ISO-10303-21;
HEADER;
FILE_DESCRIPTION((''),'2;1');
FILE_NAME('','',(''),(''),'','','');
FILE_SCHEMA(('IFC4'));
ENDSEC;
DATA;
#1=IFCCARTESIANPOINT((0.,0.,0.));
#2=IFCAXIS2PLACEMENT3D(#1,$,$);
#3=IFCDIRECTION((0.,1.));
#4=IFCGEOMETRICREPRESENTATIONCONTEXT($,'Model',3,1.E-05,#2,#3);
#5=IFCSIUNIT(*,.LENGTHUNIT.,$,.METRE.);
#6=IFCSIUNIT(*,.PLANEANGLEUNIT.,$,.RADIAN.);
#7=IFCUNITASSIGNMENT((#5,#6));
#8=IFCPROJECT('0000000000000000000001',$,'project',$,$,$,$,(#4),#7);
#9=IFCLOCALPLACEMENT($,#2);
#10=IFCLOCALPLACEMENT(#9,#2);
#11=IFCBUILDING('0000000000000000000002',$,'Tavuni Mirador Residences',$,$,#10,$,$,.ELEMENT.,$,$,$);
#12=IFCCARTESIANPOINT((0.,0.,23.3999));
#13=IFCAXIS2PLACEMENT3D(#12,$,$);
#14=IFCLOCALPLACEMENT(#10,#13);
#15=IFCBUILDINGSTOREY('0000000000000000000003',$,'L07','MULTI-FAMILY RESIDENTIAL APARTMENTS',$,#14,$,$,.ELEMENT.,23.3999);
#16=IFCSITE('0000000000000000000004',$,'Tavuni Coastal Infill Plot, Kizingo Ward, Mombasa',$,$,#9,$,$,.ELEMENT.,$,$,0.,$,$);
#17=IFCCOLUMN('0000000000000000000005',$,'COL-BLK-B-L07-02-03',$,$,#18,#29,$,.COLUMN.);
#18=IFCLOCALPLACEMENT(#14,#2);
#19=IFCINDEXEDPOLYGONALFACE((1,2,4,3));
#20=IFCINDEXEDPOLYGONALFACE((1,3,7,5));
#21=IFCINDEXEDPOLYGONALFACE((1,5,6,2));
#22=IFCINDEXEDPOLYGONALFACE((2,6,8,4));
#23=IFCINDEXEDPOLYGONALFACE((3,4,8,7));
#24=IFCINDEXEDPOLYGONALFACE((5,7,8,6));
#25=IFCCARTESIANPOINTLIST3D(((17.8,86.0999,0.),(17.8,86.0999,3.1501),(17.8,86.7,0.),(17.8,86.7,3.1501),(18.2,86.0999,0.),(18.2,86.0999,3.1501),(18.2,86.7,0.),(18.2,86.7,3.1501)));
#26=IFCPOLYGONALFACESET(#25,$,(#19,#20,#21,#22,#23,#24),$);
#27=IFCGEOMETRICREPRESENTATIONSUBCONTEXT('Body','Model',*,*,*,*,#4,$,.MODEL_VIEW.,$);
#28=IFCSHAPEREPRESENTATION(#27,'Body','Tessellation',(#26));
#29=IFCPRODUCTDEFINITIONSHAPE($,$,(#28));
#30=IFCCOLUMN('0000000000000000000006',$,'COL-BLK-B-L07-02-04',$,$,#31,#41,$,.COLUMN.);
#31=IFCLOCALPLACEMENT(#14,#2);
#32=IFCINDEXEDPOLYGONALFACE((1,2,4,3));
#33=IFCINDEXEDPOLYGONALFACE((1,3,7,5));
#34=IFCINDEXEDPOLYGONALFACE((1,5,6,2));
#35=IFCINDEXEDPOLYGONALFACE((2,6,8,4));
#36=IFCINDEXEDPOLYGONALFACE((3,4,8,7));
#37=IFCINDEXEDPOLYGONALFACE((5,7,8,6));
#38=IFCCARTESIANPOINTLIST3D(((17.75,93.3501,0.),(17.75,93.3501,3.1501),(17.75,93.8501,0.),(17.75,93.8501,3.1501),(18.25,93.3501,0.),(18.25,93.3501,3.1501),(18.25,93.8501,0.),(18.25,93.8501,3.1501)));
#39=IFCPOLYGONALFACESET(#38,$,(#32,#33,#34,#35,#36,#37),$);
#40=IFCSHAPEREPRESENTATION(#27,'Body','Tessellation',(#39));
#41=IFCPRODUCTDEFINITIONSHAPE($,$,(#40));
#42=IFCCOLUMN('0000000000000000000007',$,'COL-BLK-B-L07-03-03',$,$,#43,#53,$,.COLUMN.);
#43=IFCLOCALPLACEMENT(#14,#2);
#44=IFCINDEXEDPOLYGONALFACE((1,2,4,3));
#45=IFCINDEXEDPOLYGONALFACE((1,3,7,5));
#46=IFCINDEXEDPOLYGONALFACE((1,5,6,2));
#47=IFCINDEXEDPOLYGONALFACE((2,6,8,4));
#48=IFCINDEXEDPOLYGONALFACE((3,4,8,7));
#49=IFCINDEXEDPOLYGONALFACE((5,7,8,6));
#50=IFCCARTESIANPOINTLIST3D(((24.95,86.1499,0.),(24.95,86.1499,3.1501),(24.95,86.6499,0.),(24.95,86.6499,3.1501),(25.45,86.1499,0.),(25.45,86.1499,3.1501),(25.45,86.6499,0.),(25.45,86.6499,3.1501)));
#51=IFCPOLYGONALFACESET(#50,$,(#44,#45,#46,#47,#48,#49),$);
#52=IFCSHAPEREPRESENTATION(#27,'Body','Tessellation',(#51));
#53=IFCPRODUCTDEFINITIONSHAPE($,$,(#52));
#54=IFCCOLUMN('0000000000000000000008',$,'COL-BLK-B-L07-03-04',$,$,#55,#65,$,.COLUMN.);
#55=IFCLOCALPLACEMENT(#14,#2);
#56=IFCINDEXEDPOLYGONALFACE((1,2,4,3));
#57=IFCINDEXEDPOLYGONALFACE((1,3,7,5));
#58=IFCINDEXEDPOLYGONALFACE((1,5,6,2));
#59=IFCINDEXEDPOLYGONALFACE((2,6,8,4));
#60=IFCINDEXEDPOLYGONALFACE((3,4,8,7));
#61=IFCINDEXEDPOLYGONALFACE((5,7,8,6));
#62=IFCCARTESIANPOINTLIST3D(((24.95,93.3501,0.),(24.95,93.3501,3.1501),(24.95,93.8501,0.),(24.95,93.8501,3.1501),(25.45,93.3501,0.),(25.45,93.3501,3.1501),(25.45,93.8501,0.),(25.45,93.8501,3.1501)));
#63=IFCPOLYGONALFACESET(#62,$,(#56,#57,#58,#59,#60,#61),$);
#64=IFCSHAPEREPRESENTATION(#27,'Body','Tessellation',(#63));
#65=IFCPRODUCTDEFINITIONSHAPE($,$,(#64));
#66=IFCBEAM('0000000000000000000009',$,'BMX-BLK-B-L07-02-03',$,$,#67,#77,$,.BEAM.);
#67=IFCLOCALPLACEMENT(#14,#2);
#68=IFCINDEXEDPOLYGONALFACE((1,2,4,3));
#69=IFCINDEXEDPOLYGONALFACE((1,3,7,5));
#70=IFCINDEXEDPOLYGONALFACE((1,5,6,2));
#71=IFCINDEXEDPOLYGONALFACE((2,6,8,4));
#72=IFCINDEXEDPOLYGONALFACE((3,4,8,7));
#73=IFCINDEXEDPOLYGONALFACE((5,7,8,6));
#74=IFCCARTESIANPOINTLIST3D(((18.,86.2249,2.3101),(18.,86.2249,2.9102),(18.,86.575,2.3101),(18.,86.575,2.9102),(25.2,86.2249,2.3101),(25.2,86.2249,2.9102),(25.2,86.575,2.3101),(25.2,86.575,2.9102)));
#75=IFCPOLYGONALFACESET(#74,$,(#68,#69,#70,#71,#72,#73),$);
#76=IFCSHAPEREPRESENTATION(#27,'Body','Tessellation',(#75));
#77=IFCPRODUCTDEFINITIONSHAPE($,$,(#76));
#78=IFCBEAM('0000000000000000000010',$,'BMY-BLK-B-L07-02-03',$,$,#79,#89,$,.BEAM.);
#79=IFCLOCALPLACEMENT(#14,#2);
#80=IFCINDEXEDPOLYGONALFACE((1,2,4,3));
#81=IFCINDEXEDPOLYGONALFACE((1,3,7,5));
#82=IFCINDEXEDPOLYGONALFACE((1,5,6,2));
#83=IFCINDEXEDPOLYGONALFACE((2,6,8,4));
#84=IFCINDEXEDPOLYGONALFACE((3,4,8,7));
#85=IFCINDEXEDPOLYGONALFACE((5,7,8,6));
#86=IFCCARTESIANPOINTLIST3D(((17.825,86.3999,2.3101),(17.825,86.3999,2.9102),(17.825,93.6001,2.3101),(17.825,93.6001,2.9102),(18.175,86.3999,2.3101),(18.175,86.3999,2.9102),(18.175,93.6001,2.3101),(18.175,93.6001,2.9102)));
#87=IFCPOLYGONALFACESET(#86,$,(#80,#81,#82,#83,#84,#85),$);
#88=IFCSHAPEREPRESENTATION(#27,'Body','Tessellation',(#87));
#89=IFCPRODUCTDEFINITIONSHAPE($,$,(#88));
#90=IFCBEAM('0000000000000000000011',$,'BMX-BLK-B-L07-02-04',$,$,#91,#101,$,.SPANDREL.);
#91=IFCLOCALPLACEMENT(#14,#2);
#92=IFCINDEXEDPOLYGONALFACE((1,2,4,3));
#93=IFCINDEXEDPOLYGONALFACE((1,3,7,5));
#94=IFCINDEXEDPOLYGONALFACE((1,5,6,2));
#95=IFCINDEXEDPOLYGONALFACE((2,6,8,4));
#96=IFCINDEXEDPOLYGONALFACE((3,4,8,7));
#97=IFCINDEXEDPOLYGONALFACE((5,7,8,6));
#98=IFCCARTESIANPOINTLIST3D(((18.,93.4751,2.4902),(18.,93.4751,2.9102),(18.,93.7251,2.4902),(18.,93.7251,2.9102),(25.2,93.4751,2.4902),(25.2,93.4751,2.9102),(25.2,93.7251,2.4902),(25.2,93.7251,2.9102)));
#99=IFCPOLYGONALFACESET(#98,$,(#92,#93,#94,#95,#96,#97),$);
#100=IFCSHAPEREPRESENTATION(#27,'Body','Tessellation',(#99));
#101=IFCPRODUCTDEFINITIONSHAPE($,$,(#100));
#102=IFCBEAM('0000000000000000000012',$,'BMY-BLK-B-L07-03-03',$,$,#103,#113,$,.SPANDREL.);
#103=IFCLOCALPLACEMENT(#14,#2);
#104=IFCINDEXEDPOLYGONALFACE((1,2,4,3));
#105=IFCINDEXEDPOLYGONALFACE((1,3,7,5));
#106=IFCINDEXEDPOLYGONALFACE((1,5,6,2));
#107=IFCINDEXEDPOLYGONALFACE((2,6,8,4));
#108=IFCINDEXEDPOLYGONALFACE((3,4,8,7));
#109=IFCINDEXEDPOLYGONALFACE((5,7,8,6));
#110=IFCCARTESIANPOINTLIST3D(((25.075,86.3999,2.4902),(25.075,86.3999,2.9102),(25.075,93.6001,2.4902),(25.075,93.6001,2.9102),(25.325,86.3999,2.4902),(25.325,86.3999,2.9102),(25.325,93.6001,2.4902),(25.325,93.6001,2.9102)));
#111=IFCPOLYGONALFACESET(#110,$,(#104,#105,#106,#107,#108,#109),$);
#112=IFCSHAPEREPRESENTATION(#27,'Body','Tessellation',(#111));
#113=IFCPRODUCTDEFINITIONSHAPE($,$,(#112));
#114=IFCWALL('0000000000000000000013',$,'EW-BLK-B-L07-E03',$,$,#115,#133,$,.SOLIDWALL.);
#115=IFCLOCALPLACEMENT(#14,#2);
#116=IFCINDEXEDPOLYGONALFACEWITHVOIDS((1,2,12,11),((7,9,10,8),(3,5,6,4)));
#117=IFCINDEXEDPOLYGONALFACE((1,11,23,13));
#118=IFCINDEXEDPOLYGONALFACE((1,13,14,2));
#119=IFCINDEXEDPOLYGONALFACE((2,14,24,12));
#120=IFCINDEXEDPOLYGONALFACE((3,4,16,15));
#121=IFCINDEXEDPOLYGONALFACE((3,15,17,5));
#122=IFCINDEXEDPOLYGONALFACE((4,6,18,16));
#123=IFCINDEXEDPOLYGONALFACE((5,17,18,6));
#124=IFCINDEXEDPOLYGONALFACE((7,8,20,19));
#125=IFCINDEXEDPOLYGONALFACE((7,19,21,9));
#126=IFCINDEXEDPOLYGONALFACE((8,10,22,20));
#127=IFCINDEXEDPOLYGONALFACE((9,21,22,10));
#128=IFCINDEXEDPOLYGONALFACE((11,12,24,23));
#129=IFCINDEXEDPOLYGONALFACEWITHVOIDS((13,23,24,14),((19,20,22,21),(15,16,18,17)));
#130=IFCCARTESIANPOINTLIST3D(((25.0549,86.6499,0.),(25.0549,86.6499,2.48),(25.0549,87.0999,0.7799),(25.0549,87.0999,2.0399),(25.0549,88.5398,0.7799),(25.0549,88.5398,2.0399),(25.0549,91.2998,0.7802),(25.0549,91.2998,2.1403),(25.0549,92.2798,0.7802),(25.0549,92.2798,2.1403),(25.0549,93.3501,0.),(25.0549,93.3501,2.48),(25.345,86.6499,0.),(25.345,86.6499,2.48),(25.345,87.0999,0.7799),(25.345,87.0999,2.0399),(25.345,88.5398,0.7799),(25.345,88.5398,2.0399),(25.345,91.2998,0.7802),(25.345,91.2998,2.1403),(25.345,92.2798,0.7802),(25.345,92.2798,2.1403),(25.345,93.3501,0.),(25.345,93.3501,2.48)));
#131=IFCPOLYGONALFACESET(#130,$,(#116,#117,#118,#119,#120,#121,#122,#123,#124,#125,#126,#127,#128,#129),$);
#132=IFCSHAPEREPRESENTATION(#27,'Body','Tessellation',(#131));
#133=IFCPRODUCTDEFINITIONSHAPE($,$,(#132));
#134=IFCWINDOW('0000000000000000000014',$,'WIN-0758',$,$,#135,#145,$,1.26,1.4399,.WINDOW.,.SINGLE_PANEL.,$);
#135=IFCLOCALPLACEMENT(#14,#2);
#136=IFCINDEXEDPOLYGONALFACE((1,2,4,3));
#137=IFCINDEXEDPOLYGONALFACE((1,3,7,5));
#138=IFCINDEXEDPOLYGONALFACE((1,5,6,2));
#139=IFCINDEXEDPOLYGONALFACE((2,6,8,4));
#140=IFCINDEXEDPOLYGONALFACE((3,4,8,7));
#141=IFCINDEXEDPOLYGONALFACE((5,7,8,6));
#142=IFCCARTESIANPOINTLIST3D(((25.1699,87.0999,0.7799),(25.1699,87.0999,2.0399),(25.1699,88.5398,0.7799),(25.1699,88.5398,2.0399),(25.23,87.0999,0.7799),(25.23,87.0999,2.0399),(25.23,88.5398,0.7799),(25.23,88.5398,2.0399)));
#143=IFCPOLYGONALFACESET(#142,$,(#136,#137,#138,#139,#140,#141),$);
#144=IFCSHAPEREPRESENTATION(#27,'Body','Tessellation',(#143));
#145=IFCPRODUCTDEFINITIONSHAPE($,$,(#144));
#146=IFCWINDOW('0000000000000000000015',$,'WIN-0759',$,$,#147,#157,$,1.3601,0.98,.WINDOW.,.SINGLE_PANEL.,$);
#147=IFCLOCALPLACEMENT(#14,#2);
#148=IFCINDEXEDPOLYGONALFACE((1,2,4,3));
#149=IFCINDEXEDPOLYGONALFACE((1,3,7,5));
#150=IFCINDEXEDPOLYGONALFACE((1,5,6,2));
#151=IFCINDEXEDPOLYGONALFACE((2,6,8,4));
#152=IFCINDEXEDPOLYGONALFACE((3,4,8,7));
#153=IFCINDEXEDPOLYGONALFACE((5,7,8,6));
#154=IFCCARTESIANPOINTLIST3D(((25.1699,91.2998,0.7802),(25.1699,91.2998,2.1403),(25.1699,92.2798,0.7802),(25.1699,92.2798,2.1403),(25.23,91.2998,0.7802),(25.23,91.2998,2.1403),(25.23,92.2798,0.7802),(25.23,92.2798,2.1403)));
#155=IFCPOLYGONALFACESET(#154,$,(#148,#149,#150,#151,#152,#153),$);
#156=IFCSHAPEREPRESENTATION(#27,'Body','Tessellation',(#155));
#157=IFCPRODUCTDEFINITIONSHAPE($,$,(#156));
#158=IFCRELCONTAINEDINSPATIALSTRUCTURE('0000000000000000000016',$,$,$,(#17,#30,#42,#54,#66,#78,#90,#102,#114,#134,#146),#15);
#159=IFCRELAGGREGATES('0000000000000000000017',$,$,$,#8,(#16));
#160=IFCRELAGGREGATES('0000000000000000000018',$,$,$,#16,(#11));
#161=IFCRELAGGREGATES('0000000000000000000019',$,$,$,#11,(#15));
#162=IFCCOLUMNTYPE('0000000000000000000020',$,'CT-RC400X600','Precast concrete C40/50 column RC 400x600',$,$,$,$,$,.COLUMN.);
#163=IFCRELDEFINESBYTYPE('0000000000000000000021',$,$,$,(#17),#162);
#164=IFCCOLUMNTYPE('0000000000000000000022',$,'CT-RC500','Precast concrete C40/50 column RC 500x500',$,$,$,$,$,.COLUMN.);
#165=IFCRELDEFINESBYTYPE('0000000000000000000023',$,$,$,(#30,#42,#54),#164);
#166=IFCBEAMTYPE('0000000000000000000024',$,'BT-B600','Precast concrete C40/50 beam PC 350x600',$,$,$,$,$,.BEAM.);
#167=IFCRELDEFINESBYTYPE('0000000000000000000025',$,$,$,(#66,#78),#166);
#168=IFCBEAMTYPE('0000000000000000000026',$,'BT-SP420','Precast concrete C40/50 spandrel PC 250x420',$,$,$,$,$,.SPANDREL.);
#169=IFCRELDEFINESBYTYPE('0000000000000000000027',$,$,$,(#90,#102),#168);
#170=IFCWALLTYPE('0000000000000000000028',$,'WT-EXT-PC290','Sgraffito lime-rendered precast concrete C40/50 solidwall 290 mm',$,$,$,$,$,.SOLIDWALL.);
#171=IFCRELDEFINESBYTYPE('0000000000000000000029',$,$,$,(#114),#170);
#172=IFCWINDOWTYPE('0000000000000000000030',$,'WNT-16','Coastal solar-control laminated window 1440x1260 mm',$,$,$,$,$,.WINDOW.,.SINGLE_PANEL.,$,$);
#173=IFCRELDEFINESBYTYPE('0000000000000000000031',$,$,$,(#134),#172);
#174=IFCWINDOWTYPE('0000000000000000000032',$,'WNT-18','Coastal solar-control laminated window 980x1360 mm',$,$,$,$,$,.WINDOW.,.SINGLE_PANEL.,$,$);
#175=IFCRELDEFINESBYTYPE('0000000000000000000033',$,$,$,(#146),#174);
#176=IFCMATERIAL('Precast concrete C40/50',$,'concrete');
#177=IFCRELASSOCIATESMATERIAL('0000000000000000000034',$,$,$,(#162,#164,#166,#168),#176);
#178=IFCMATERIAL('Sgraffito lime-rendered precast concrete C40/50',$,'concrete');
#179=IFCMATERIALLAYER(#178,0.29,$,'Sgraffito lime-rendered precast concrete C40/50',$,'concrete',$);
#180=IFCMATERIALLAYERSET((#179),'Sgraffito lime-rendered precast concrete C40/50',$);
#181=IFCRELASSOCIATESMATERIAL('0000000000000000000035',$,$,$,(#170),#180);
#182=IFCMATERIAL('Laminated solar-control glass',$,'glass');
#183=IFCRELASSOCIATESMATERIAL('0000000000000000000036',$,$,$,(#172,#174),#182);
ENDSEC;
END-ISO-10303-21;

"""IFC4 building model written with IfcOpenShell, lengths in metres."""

from ifc_helpers import new_model, si_unit, direction, frame, frame_2d, origin, origin_2d, place, context, subcontext, project, spatial, rectangle, extrude, material, layer, layer_set, material_profile, profile_set, type_object, element, fill, save


model = new_model("IFC4")

# Units and contexts
model_context = context("Model", 3, precision=1e-05, world=origin(), true_north=direction((0.0, 1.0)))
body_context = subcontext(model_context, "Body", "Model", "MODEL_VIEW")
ifc_project = project(units=[si_unit("LENGTHUNIT", "METRE"), si_unit("PLANEANGLEUNIT", "RADIAN")], contexts=[model_context])

# Site, building, storey
site_placement = place(None, origin())
site = spatial("IfcSite", under=ifc_project, at=site_placement, Name="Tavuni Coastal Infill Plot, Kizingo Ward, Mombasa", CompositionType="ELEMENT", RefElevation=0.0)
building_placement = place(site_placement, origin())
building = spatial("IfcBuilding", under=site, at=building_placement, Name="Tavuni Mirador Residences", CompositionType="ELEMENT")
storey_placement = place(building_placement, frame((0.0, 0.0, 23.3999)))
storey = spatial("IfcBuildingStorey", under=building, at=storey_placement, Name="L07", Description="MULTI-FAMILY RESIDENTIAL APARTMENTS", CompositionType="ELEMENT", Elevation=23.3999)

# Columns
ifc_material_1 = material(Name="Precast concrete C40/50", Category="concrete")
ifc_material_profile_1 = material_profile(ifc_material_1, rectangle(XDim=0.3999, YDim=0.6001, at=origin_2d()), Name="RC 400x600", Category="concrete")
ifc_profile_set_1 = profile_set([ifc_material_profile_1], Name="Precast concrete C40/50")
column_type_1 = type_object("IfcColumnType", Name="CT-RC400X600", Description="Precast concrete C40/50 column RC 400x600", PredefinedType="COLUMN", material=ifc_profile_set_1)
column_placement = place(storey_placement, frame((18.0, 86.3999, 0.0), z_axis=(0.0, 0.0, 1.0), x_axis=(1.0, 0.0, 0.0)))
element("IfcColumn", 1, at=column_placement, inside=storey, type_object=column_type_1, Name="COL-BLK-B-L07-02-03", PredefinedType="COLUMN", context=body_context, shape_type="SweptSolid", body=[
    extrude(rectangle(XDim=0.3999, YDim=0.6001, at=origin_2d()), origin(), (0.0, 0.0, 1.0), 3.1501),
])
ifc_material_profile_2 = material_profile(ifc_material_1, rectangle(XDim=0.5, YDim=0.5, at=origin_2d()), Name="RC 500x500", Category="concrete")
ifc_profile_set_2 = profile_set([ifc_material_profile_2], Name="Precast concrete C40/50")
column_type_2 = type_object("IfcColumnType", Name="CT-RC500", Description="Precast concrete C40/50 column RC 500x500", PredefinedType="COLUMN", material=ifc_profile_set_2)
for number, where, z_axis, x_axis, name in (
    (2, (18.0, 93.6001, 0.0), (0.0, 0.0, 1.0), (1.0, 0.0, 0.0), "COL-BLK-B-L07-02-04"),
    (3, (25.2, 86.3999, 0.0), (0.0, 0.0, 1.0), (1.0, 0.0, 0.0), "COL-BLK-B-L07-03-03"),
    (4, (25.2, 93.6001, 0.0), (0.0, 0.0, 1.0), (1.0, 0.0, 0.0), "COL-BLK-B-L07-03-04"),
):
    element("IfcColumn", number, at=place(storey_placement, frame(where, z_axis=z_axis, x_axis=x_axis)), inside=storey, type_object=column_type_2, Name=name, PredefinedType="COLUMN", context=body_context, shape_type="SweptSolid", body=[
        extrude(rectangle(XDim=0.5, YDim=0.5, at=origin_2d()), origin(), (0.0, 0.0, 1.0), 3.1501),
    ])

# Beams
ifc_material_profile_3 = material_profile(ifc_material_1, rectangle(XDim=0.3501, YDim=0.6001, at=origin_2d()), Name="PC 350x600", Category="concrete")
ifc_profile_set_3 = profile_set([ifc_material_profile_3], Name="Precast concrete C40/50")
beam_type_1 = type_object("IfcBeamType", Name="BT-B600", Description="Precast concrete C40/50 beam PC 350x600", PredefinedType="BEAM", material=ifc_profile_set_3)
beam_1_placement = place(storey_placement, frame((18.0, 86.3999, 2.6101), z_axis=(1.0, 0.0, 0.0), x_axis=(0.0, 1.0, 0.0)))
element("IfcBeam", 5, at=beam_1_placement, inside=storey, type_object=beam_type_1, Name="BMX-BLK-B-L07-02-03", PredefinedType="BEAM", context=body_context, shape_type="SweptSolid", body=[
    extrude(rectangle(XDim=0.3501, YDim=0.6001, at=origin_2d()), origin(), (0.0, 0.0, 1.0), 7.2),
])
beam_2_placement = place(storey_placement, frame((18.0, 86.3999, 2.6101), z_axis=(0.0, 1.0, 0.0), x_axis=(-1.0, 0.0, 0.0)))
element("IfcBeam", 6, at=beam_2_placement, inside=storey, type_object=beam_type_1, Name="BMY-BLK-B-L07-02-03", PredefinedType="BEAM", context=body_context, shape_type="SweptSolid", body=[
    extrude(rectangle(XDim=0.3501, YDim=0.6001, at=origin_2d()), origin(), (0.0, 0.0, 1.0), 7.2002),
])
ifc_material_profile_4 = material_profile(ifc_material_1, rectangle(XDim=0.25, YDim=0.4199, at=origin_2d()), Name="PC 250x420", Category="concrete")
ifc_profile_set_4 = profile_set([ifc_material_profile_4], Name="Precast concrete C40/50")
beam_type_2 = type_object("IfcBeamType", Name="BT-SP420", Description="Precast concrete C40/50 spandrel PC 250x420", PredefinedType="SPANDREL", material=ifc_profile_set_4)
beam_3_placement = place(storey_placement, frame((18.0, 93.6001, 2.7002), z_axis=(1.0, 0.0, 0.0), x_axis=(0.0, 1.0, 0.0)))
element("IfcBeam", 7, at=beam_3_placement, inside=storey, type_object=beam_type_2, Name="BMX-BLK-B-L07-02-04", PredefinedType="SPANDREL", context=body_context, shape_type="SweptSolid", body=[
    extrude(rectangle(XDim=0.25, YDim=0.4199, at=origin_2d()), origin(), (0.0, 0.0, 1.0), 7.2),
])
beam_4_placement = place(storey_placement, frame((25.2, 86.3999, 2.7002), z_axis=(0.0, 1.0, 0.0), x_axis=(-1.0, 0.0, 0.0)))
element("IfcBeam", 8, at=beam_4_placement, inside=storey, type_object=beam_type_2, Name="BMY-BLK-B-L07-03-03", PredefinedType="SPANDREL", context=body_context, shape_type="SweptSolid", body=[
    extrude(rectangle(XDim=0.25, YDim=0.4199, at=origin_2d()), origin(), (0.0, 0.0, 1.0), 7.2002),
])

# Wall, openings, windows
ifc_material_2 = material(Name="Sgraffito lime-rendered precast concrete C40/50", Category="concrete")
ifc_layer_1 = layer(ifc_material_2, 0.29, Name="Sgraffito lime-rendered precast concrete C40/50", Category="concrete")
ifc_layer_set_1 = layer_set([ifc_layer_1], Name="Sgraffito lime-rendered precast concrete C40/50")
wall_type_1 = type_object("IfcWallType", Name="WT-EXT-PC290", Description="Sgraffito lime-rendered precast concrete C40/50 solidwall 290 mm", PredefinedType="SOLIDWALL", material=ifc_layer_set_1)
wall_1_placement = place(storey_placement, frame((25.2, 86.6499, 0.0), z_axis=(0.0, 0.0, 1.0), x_axis=(0.0, 1.0, 0.0)))
wall_1 = element("IfcWall", 9, at=wall_1_placement, inside=storey, type_object=wall_type_1, Name="EW-BLK-B-L07-E03", PredefinedType="SOLIDWALL", context=body_context, shape_type="SweptSolid", body=[
    extrude(rectangle(XDim=6.7002, YDim=0.29, at=frame_2d((3.3501, 0.0))), origin(), (0.0, 0.0, 1.0), 2.48),
])
opening_1_placement = place(wall_1_placement, frame((0.45, 0.0, 0.78)))
opening_1 = element("IfcOpeningElement", 10, at=opening_1_placement, cuts=wall_1, PredefinedType="OPENING", context=body_context, shape_type="SweptSolid", body=[
    extrude(rectangle(XDim=1.4399, YDim=1.26, at=frame_2d((0.72, 0.6299))), frame((0.0, 0.155, 0.0), z_axis=(0.0, -1.0, 0.0), x_axis=(1.0, 0.0, 0.0)), (0.0, 0.0, 1.0), 0.3101),
])
opening_2_placement = place(wall_1_placement, frame((4.6499, 0.0, 0.78)))
opening_2 = element("IfcOpeningElement", 11, at=opening_2_placement, cuts=wall_1, PredefinedType="OPENING", context=body_context, shape_type="SweptSolid", body=[
    extrude(rectangle(XDim=0.98, YDim=1.3601, at=frame_2d((0.49, 0.6802))), frame((0.0, 0.155, 0.0), z_axis=(0.0, -1.0, 0.0), x_axis=(1.0, 0.0, 0.0)), (0.0, 0.0, 1.0), 0.3101),
])
ifc_material_3 = material(Name="Laminated solar-control glass", Category="glass")
window_type_1 = type_object("IfcWindowType", Name="WNT-16", Description="Coastal solar-control laminated window 1440x1260 mm", PartitioningType="SINGLE_PANEL", PredefinedType="WINDOW", material=ifc_material_3)
window_1_placement = place(opening_1_placement, origin())
window_1 = element("IfcWindow", 12, at=window_1_placement, inside=storey, type_object=window_type_1, Name="WIN-0758", OverallHeight=1.26, OverallWidth=1.4399, PartitioningType="SINGLE_PANEL", PredefinedType="WINDOW", context=body_context, shape_type="SweptSolid", body=[
    extrude(rectangle(XDim=1.4399, YDim=1.26, at=frame_2d((0.72, 0.6299))), frame((0.0, 0.03, 0.0), z_axis=(0.0, -1.0, 0.0), x_axis=(1.0, 0.0, 0.0)), (0.0, 0.0, 1.0), 0.0601),
])
fill(opening_1, window_1)
window_type_2 = type_object("IfcWindowType", Name="WNT-18", Description="Coastal solar-control laminated window 980x1360 mm", PartitioningType="SINGLE_PANEL", PredefinedType="WINDOW", material=ifc_material_3)
window_2_placement = place(opening_2_placement, origin())
window_2 = element("IfcWindow", 13, at=window_2_placement, inside=storey, type_object=window_type_2, Name="WIN-0759", OverallHeight=1.3601, OverallWidth=0.98, PartitioningType="SINGLE_PANEL", PredefinedType="WINDOW", context=body_context, shape_type="SweptSolid", body=[
    extrude(rectangle(XDim=0.98, YDim=1.3601, at=frame_2d((0.49, 0.6802))), frame((0.0, 0.03, 0.0), z_axis=(0.0, -1.0, 0.0), x_axis=(1.0, 0.0, 0.0)), (0.0, 0.0, 1.0), 0.0601),
])
fill(opening_2, window_2)

save(model, "model.ifc")
